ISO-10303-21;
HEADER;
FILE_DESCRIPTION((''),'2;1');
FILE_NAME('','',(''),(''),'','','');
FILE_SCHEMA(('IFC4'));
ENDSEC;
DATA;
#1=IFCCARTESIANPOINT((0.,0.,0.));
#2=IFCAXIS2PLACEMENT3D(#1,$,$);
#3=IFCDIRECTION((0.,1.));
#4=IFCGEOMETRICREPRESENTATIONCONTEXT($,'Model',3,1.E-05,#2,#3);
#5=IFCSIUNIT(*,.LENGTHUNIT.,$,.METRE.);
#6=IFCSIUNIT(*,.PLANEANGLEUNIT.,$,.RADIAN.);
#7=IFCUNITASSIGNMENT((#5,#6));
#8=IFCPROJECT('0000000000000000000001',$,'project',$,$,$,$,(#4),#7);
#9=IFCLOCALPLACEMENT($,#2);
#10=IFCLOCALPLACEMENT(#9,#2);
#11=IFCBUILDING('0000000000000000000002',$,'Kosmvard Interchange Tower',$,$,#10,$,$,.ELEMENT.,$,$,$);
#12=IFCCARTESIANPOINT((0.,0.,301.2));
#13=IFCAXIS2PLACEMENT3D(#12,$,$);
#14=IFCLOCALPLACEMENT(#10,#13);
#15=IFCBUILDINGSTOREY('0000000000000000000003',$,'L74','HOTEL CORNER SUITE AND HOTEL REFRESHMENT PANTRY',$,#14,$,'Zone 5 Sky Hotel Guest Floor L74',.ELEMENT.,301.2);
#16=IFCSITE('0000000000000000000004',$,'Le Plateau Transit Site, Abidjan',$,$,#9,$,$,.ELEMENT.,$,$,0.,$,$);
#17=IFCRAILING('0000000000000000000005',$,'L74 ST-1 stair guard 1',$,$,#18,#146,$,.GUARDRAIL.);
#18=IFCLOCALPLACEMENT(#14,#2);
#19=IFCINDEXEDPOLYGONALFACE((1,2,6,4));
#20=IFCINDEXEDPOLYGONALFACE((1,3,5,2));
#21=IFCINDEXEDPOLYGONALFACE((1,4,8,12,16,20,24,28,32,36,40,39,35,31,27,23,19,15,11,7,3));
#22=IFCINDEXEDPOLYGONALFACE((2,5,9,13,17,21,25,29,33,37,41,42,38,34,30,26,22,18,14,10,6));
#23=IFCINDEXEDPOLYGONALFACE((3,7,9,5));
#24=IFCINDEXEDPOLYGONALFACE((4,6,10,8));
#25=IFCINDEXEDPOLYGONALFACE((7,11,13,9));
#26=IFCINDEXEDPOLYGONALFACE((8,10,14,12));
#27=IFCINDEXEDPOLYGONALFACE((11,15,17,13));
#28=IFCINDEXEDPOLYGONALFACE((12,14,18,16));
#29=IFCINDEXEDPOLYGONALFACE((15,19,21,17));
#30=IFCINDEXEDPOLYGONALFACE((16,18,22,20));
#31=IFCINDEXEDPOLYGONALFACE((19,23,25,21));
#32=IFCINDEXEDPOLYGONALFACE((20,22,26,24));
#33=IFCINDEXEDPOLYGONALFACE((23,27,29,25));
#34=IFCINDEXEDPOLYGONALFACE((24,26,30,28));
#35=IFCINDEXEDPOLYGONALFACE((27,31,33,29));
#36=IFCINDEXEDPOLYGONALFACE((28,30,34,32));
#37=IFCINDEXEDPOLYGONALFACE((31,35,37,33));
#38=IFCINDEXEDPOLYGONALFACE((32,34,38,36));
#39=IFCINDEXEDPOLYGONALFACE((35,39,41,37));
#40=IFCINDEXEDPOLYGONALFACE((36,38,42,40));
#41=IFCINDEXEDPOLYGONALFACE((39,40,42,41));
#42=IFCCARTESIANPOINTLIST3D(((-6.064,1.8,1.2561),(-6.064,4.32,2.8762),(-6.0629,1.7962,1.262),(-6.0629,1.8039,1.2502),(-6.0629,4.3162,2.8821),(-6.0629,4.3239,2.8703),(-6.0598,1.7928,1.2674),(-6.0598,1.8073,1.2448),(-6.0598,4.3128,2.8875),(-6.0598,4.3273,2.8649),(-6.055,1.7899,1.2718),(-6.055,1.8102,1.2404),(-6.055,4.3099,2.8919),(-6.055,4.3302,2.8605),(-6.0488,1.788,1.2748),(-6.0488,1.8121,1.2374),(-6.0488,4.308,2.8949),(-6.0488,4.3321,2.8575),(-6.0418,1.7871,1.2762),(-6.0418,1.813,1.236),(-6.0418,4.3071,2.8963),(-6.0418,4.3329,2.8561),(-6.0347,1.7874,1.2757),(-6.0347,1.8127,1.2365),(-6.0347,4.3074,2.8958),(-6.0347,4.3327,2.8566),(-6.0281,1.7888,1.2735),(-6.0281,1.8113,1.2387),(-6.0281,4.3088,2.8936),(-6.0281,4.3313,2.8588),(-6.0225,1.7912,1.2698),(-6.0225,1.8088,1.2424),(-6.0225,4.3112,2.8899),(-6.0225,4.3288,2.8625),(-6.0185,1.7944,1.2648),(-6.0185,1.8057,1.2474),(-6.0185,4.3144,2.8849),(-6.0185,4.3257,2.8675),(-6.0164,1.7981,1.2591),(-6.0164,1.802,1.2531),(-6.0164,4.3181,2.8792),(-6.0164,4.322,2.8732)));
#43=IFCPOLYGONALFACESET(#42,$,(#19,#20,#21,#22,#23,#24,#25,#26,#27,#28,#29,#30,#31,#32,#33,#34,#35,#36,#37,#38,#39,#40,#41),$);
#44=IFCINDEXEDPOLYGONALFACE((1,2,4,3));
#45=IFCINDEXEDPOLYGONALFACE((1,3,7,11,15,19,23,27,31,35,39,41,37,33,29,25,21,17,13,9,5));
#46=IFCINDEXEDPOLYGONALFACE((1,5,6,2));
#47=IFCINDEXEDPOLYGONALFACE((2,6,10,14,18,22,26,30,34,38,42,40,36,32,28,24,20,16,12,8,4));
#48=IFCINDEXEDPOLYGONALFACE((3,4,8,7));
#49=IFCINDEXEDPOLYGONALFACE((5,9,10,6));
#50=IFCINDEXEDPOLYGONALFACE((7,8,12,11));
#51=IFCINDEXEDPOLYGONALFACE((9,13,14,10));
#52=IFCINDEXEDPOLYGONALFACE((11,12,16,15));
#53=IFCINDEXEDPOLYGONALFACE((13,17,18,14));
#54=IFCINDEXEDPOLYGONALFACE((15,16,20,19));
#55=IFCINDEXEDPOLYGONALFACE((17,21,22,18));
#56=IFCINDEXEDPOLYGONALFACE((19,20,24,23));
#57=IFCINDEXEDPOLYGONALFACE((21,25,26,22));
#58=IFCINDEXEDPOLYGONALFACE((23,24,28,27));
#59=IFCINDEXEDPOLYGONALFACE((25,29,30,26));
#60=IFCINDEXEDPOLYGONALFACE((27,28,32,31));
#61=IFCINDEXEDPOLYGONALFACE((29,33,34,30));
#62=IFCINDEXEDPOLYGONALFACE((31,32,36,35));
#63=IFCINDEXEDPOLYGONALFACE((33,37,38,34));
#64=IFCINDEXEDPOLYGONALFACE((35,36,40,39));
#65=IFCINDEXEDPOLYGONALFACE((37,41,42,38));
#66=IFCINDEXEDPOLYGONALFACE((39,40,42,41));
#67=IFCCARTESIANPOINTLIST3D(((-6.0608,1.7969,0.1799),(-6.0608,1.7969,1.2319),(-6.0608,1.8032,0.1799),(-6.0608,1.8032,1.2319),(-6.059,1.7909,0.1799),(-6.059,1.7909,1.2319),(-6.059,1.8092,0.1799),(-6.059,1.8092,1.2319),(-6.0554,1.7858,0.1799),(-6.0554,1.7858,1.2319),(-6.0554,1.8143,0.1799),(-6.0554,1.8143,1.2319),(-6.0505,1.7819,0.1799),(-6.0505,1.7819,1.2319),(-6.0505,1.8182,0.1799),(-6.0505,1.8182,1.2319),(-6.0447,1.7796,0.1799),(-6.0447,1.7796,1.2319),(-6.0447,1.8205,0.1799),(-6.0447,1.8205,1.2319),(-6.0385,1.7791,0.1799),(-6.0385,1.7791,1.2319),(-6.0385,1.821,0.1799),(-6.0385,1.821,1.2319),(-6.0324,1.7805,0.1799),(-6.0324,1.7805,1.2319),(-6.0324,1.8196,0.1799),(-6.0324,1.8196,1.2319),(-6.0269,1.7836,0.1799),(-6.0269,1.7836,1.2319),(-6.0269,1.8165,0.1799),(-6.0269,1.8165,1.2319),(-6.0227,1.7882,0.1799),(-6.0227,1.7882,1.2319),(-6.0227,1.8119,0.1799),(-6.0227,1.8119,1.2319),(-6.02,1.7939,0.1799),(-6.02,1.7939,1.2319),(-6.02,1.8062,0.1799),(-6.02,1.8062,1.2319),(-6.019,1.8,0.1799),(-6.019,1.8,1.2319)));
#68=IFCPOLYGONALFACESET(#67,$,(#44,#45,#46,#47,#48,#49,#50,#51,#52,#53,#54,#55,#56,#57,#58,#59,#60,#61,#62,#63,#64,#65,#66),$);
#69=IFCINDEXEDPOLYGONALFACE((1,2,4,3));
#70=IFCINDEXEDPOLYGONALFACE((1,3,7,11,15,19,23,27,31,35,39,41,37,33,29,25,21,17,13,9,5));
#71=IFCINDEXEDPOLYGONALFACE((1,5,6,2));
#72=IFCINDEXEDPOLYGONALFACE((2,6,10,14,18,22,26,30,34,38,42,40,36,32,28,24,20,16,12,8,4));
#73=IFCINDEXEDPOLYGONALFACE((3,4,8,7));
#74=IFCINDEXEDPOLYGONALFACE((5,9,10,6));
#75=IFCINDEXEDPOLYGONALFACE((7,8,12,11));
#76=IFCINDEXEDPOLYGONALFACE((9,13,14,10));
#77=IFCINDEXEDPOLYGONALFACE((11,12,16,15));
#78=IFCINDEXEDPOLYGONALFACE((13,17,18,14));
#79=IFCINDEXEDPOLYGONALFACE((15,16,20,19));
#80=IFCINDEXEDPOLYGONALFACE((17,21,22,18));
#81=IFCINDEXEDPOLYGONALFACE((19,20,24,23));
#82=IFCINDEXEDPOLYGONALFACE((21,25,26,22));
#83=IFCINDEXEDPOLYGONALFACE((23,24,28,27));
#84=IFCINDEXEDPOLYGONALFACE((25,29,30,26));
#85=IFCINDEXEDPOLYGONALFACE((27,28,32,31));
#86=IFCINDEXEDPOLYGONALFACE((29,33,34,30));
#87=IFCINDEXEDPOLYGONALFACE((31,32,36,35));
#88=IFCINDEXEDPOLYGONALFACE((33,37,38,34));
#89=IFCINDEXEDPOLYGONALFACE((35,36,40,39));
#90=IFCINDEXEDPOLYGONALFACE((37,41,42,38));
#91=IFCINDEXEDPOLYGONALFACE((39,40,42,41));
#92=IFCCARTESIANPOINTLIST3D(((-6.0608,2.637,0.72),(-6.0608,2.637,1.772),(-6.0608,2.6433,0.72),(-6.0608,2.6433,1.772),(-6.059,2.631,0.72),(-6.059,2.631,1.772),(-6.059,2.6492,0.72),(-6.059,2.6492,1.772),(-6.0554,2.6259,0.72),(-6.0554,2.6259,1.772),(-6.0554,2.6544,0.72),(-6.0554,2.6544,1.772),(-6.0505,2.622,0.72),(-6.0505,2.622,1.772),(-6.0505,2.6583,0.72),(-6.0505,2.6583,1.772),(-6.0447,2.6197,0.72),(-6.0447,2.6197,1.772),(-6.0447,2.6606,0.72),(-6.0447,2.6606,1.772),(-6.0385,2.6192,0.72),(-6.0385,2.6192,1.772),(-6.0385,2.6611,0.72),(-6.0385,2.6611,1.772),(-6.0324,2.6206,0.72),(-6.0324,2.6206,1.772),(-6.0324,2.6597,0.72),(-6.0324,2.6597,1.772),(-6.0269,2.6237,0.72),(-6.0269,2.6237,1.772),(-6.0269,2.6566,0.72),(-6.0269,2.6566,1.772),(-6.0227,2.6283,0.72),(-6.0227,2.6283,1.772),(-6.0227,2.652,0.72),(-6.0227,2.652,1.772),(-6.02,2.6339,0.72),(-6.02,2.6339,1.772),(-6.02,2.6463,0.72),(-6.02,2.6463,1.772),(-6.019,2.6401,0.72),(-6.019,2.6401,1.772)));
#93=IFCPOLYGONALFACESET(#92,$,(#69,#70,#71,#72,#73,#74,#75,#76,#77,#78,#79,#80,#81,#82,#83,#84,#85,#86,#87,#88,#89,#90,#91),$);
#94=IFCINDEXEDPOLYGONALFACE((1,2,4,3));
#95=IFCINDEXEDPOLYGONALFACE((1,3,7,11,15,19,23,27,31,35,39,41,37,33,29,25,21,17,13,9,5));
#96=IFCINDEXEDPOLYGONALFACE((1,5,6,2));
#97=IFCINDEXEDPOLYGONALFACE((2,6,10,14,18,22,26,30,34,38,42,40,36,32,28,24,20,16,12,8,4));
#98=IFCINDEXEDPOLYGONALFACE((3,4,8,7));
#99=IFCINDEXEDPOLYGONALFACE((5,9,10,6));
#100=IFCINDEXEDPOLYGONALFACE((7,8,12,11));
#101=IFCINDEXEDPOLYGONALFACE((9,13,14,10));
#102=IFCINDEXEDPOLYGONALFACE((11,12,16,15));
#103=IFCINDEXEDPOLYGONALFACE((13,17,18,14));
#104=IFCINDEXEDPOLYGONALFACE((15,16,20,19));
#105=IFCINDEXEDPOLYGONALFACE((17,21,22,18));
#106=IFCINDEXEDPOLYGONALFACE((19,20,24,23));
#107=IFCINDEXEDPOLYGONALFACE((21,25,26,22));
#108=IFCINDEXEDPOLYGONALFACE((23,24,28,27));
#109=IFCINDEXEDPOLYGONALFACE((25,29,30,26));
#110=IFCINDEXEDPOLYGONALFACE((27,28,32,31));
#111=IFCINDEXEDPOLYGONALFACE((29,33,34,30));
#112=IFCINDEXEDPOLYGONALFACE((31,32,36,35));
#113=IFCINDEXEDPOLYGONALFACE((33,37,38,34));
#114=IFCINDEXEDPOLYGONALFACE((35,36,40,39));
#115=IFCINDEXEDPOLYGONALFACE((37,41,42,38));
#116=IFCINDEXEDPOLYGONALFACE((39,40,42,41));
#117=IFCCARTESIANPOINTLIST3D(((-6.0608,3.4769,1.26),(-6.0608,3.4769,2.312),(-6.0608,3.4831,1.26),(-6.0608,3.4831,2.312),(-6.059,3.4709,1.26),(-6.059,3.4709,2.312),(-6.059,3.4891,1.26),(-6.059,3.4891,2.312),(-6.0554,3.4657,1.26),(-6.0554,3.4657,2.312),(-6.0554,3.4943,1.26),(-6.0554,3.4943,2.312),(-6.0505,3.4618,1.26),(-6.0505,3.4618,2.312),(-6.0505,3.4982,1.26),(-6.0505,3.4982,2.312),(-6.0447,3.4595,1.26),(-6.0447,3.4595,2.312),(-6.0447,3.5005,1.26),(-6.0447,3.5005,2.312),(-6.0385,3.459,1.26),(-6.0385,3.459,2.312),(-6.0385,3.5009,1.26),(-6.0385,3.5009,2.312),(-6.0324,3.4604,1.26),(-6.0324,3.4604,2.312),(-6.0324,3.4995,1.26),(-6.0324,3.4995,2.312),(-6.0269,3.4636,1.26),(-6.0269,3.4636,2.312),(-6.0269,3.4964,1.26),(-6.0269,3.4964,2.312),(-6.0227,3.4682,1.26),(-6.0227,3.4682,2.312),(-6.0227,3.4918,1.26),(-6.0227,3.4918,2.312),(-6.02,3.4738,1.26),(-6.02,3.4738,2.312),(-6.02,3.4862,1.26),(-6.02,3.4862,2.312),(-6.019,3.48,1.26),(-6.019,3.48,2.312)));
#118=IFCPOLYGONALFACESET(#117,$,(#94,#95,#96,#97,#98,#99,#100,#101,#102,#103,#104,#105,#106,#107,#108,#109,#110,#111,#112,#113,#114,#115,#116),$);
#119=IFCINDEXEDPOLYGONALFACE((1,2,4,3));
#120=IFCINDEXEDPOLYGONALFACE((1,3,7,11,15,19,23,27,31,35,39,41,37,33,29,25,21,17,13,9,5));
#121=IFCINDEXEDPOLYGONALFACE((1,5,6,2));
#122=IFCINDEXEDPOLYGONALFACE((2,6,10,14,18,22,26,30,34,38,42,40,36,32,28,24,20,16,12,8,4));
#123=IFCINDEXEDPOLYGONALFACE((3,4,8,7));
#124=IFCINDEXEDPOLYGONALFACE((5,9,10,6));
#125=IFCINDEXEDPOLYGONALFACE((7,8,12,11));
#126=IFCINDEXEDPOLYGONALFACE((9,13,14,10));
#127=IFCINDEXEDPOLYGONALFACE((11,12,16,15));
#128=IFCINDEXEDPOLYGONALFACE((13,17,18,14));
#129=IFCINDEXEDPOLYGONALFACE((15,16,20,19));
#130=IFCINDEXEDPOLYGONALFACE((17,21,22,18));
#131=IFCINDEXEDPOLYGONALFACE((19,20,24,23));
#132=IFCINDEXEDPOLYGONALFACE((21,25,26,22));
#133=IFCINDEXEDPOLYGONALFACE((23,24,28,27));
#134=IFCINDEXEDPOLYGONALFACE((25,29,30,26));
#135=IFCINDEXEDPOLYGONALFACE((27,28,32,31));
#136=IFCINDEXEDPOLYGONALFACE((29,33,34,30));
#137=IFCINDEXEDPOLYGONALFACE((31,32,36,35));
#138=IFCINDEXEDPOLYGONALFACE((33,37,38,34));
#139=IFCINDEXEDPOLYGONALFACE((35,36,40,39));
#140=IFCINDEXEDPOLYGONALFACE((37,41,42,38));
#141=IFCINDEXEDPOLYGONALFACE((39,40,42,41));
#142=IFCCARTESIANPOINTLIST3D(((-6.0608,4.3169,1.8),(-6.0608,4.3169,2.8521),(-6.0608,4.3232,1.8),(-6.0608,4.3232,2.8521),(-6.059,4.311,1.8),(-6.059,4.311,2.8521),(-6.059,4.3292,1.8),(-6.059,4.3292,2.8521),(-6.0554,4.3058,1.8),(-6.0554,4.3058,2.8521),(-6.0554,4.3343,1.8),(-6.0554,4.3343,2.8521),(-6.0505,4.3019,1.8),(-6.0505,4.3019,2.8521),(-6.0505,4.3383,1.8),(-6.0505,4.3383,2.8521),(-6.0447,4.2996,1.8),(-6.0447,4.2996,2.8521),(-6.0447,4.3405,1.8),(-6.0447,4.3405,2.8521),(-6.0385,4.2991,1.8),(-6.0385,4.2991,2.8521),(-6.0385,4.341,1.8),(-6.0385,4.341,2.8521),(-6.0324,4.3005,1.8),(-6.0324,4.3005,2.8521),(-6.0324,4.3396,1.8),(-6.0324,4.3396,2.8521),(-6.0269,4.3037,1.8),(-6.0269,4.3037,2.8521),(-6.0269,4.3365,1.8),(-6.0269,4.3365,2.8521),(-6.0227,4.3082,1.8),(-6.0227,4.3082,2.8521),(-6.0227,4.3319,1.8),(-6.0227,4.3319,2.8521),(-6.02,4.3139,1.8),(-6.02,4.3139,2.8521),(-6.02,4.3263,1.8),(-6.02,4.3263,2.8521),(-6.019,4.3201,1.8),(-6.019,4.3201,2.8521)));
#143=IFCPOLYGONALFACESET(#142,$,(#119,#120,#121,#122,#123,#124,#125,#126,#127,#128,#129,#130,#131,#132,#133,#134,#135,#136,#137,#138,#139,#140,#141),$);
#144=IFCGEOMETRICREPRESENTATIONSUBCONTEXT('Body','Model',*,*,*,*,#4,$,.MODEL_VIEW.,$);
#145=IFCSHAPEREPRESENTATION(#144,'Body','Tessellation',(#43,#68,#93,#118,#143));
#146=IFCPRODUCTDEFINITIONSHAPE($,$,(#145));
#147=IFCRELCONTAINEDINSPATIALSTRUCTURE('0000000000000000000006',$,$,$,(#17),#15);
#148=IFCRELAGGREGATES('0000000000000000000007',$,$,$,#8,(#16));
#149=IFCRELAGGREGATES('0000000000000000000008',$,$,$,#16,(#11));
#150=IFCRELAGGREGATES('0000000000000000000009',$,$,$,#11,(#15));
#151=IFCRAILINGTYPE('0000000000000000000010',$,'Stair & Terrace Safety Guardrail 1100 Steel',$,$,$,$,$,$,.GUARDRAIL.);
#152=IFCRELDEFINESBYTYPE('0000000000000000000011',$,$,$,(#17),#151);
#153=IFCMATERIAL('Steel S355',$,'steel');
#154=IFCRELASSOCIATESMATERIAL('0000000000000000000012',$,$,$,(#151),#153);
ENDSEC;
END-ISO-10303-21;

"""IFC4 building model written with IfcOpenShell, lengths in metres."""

from ifc_helpers import new_model, si_unit, direction, frame, origin, origin_2d, place, context, subcontext, project, spatial, circle, extrude, source, transform, mapped, material, type_object, element, save


model = new_model("IFC4")

# Units and contexts
model_context = context("Model", 3, precision=1e-05, world=origin(), true_north=direction((0.0, 1.0)))
body_context = subcontext(model_context, "Body", "Model", "MODEL_VIEW")
ifc_project = project(units=[si_unit("LENGTHUNIT", "METRE"), si_unit("PLANEANGLEUNIT", "RADIAN")], contexts=[model_context])

# Site, building, storey
site_placement = place(None, origin())
site = spatial("IfcSite", under=ifc_project, at=site_placement, Name="Le Plateau Transit Site, Abidjan", CompositionType="ELEMENT", RefElevation=0.0)
building_placement = place(site_placement, origin())
building = spatial("IfcBuilding", under=site, at=building_placement, Name="Kosmvard Interchange Tower", CompositionType="ELEMENT")
storey_placement = place(building_placement, frame((0.0, 0.0, 301.2)))
storey = spatial("IfcBuildingStorey", under=building, at=storey_placement, Name="L74", Description="HOTEL CORNER SUITE AND HOTEL REFRESHMENT PANTRY", LongName="Zone 5 Sky Hotel Guest Floor L74", CompositionType="ELEMENT", Elevation=301.2)

# Shared definitions
ifc_material_1 = material(Name="Steel S355", Category="steel")

# Railing
railing_type = type_object("IfcRailingType", Name="Stair & Terrace Safety Guardrail 1100 Steel", PredefinedType="GUARDRAIL", material=ifc_material_1)
shared_shape_1 = source(origin(), body_context, "Body", "SweptSolid", [
    extrude(circle(Radius=0.0239, at=origin_2d()), frame((0.0, 0.0, 1.0762), z_axis=(0.0, 0.841163, 0.540782), x_axis=(-1.0, 0.0, 0.0)), (0.0, 0.0, 1.0), 2.9958),
    extrude(circle(Radius=0.021, at=origin_2d()), origin(), (0.0, 0.0, 1.0), 1.052),
    extrude(circle(Radius=0.021, at=origin_2d()), frame((0.0, 0.8401, 0.54)), (0.0, 0.0, 1.0), 1.052),
    extrude(circle(Radius=0.021, at=origin_2d()), frame((0.0, 1.6799, 1.0801)), (0.0, 0.0, 1.0), 1.052),
    extrude(circle(Radius=0.021, at=origin_2d()), frame((0.0, 2.52, 1.6201)), (0.0, 0.0, 1.0), 1.052),
])
railing_1_placement = place(storey_placement, frame((-6.04, 1.8, 0.1799)))
element("IfcRailing", 1, at=railing_1_placement, inside=storey, type_object=railing_type, Name="L74 ST-1 stair guard 1", PredefinedType="GUARDRAIL", context=body_context, shape_type="MappedRepresentation", body=[
    mapped(shared_shape_1, transform((0.0, 0.0, 0.0), scale=1.0)),
])

save(model, "model.ifc")
